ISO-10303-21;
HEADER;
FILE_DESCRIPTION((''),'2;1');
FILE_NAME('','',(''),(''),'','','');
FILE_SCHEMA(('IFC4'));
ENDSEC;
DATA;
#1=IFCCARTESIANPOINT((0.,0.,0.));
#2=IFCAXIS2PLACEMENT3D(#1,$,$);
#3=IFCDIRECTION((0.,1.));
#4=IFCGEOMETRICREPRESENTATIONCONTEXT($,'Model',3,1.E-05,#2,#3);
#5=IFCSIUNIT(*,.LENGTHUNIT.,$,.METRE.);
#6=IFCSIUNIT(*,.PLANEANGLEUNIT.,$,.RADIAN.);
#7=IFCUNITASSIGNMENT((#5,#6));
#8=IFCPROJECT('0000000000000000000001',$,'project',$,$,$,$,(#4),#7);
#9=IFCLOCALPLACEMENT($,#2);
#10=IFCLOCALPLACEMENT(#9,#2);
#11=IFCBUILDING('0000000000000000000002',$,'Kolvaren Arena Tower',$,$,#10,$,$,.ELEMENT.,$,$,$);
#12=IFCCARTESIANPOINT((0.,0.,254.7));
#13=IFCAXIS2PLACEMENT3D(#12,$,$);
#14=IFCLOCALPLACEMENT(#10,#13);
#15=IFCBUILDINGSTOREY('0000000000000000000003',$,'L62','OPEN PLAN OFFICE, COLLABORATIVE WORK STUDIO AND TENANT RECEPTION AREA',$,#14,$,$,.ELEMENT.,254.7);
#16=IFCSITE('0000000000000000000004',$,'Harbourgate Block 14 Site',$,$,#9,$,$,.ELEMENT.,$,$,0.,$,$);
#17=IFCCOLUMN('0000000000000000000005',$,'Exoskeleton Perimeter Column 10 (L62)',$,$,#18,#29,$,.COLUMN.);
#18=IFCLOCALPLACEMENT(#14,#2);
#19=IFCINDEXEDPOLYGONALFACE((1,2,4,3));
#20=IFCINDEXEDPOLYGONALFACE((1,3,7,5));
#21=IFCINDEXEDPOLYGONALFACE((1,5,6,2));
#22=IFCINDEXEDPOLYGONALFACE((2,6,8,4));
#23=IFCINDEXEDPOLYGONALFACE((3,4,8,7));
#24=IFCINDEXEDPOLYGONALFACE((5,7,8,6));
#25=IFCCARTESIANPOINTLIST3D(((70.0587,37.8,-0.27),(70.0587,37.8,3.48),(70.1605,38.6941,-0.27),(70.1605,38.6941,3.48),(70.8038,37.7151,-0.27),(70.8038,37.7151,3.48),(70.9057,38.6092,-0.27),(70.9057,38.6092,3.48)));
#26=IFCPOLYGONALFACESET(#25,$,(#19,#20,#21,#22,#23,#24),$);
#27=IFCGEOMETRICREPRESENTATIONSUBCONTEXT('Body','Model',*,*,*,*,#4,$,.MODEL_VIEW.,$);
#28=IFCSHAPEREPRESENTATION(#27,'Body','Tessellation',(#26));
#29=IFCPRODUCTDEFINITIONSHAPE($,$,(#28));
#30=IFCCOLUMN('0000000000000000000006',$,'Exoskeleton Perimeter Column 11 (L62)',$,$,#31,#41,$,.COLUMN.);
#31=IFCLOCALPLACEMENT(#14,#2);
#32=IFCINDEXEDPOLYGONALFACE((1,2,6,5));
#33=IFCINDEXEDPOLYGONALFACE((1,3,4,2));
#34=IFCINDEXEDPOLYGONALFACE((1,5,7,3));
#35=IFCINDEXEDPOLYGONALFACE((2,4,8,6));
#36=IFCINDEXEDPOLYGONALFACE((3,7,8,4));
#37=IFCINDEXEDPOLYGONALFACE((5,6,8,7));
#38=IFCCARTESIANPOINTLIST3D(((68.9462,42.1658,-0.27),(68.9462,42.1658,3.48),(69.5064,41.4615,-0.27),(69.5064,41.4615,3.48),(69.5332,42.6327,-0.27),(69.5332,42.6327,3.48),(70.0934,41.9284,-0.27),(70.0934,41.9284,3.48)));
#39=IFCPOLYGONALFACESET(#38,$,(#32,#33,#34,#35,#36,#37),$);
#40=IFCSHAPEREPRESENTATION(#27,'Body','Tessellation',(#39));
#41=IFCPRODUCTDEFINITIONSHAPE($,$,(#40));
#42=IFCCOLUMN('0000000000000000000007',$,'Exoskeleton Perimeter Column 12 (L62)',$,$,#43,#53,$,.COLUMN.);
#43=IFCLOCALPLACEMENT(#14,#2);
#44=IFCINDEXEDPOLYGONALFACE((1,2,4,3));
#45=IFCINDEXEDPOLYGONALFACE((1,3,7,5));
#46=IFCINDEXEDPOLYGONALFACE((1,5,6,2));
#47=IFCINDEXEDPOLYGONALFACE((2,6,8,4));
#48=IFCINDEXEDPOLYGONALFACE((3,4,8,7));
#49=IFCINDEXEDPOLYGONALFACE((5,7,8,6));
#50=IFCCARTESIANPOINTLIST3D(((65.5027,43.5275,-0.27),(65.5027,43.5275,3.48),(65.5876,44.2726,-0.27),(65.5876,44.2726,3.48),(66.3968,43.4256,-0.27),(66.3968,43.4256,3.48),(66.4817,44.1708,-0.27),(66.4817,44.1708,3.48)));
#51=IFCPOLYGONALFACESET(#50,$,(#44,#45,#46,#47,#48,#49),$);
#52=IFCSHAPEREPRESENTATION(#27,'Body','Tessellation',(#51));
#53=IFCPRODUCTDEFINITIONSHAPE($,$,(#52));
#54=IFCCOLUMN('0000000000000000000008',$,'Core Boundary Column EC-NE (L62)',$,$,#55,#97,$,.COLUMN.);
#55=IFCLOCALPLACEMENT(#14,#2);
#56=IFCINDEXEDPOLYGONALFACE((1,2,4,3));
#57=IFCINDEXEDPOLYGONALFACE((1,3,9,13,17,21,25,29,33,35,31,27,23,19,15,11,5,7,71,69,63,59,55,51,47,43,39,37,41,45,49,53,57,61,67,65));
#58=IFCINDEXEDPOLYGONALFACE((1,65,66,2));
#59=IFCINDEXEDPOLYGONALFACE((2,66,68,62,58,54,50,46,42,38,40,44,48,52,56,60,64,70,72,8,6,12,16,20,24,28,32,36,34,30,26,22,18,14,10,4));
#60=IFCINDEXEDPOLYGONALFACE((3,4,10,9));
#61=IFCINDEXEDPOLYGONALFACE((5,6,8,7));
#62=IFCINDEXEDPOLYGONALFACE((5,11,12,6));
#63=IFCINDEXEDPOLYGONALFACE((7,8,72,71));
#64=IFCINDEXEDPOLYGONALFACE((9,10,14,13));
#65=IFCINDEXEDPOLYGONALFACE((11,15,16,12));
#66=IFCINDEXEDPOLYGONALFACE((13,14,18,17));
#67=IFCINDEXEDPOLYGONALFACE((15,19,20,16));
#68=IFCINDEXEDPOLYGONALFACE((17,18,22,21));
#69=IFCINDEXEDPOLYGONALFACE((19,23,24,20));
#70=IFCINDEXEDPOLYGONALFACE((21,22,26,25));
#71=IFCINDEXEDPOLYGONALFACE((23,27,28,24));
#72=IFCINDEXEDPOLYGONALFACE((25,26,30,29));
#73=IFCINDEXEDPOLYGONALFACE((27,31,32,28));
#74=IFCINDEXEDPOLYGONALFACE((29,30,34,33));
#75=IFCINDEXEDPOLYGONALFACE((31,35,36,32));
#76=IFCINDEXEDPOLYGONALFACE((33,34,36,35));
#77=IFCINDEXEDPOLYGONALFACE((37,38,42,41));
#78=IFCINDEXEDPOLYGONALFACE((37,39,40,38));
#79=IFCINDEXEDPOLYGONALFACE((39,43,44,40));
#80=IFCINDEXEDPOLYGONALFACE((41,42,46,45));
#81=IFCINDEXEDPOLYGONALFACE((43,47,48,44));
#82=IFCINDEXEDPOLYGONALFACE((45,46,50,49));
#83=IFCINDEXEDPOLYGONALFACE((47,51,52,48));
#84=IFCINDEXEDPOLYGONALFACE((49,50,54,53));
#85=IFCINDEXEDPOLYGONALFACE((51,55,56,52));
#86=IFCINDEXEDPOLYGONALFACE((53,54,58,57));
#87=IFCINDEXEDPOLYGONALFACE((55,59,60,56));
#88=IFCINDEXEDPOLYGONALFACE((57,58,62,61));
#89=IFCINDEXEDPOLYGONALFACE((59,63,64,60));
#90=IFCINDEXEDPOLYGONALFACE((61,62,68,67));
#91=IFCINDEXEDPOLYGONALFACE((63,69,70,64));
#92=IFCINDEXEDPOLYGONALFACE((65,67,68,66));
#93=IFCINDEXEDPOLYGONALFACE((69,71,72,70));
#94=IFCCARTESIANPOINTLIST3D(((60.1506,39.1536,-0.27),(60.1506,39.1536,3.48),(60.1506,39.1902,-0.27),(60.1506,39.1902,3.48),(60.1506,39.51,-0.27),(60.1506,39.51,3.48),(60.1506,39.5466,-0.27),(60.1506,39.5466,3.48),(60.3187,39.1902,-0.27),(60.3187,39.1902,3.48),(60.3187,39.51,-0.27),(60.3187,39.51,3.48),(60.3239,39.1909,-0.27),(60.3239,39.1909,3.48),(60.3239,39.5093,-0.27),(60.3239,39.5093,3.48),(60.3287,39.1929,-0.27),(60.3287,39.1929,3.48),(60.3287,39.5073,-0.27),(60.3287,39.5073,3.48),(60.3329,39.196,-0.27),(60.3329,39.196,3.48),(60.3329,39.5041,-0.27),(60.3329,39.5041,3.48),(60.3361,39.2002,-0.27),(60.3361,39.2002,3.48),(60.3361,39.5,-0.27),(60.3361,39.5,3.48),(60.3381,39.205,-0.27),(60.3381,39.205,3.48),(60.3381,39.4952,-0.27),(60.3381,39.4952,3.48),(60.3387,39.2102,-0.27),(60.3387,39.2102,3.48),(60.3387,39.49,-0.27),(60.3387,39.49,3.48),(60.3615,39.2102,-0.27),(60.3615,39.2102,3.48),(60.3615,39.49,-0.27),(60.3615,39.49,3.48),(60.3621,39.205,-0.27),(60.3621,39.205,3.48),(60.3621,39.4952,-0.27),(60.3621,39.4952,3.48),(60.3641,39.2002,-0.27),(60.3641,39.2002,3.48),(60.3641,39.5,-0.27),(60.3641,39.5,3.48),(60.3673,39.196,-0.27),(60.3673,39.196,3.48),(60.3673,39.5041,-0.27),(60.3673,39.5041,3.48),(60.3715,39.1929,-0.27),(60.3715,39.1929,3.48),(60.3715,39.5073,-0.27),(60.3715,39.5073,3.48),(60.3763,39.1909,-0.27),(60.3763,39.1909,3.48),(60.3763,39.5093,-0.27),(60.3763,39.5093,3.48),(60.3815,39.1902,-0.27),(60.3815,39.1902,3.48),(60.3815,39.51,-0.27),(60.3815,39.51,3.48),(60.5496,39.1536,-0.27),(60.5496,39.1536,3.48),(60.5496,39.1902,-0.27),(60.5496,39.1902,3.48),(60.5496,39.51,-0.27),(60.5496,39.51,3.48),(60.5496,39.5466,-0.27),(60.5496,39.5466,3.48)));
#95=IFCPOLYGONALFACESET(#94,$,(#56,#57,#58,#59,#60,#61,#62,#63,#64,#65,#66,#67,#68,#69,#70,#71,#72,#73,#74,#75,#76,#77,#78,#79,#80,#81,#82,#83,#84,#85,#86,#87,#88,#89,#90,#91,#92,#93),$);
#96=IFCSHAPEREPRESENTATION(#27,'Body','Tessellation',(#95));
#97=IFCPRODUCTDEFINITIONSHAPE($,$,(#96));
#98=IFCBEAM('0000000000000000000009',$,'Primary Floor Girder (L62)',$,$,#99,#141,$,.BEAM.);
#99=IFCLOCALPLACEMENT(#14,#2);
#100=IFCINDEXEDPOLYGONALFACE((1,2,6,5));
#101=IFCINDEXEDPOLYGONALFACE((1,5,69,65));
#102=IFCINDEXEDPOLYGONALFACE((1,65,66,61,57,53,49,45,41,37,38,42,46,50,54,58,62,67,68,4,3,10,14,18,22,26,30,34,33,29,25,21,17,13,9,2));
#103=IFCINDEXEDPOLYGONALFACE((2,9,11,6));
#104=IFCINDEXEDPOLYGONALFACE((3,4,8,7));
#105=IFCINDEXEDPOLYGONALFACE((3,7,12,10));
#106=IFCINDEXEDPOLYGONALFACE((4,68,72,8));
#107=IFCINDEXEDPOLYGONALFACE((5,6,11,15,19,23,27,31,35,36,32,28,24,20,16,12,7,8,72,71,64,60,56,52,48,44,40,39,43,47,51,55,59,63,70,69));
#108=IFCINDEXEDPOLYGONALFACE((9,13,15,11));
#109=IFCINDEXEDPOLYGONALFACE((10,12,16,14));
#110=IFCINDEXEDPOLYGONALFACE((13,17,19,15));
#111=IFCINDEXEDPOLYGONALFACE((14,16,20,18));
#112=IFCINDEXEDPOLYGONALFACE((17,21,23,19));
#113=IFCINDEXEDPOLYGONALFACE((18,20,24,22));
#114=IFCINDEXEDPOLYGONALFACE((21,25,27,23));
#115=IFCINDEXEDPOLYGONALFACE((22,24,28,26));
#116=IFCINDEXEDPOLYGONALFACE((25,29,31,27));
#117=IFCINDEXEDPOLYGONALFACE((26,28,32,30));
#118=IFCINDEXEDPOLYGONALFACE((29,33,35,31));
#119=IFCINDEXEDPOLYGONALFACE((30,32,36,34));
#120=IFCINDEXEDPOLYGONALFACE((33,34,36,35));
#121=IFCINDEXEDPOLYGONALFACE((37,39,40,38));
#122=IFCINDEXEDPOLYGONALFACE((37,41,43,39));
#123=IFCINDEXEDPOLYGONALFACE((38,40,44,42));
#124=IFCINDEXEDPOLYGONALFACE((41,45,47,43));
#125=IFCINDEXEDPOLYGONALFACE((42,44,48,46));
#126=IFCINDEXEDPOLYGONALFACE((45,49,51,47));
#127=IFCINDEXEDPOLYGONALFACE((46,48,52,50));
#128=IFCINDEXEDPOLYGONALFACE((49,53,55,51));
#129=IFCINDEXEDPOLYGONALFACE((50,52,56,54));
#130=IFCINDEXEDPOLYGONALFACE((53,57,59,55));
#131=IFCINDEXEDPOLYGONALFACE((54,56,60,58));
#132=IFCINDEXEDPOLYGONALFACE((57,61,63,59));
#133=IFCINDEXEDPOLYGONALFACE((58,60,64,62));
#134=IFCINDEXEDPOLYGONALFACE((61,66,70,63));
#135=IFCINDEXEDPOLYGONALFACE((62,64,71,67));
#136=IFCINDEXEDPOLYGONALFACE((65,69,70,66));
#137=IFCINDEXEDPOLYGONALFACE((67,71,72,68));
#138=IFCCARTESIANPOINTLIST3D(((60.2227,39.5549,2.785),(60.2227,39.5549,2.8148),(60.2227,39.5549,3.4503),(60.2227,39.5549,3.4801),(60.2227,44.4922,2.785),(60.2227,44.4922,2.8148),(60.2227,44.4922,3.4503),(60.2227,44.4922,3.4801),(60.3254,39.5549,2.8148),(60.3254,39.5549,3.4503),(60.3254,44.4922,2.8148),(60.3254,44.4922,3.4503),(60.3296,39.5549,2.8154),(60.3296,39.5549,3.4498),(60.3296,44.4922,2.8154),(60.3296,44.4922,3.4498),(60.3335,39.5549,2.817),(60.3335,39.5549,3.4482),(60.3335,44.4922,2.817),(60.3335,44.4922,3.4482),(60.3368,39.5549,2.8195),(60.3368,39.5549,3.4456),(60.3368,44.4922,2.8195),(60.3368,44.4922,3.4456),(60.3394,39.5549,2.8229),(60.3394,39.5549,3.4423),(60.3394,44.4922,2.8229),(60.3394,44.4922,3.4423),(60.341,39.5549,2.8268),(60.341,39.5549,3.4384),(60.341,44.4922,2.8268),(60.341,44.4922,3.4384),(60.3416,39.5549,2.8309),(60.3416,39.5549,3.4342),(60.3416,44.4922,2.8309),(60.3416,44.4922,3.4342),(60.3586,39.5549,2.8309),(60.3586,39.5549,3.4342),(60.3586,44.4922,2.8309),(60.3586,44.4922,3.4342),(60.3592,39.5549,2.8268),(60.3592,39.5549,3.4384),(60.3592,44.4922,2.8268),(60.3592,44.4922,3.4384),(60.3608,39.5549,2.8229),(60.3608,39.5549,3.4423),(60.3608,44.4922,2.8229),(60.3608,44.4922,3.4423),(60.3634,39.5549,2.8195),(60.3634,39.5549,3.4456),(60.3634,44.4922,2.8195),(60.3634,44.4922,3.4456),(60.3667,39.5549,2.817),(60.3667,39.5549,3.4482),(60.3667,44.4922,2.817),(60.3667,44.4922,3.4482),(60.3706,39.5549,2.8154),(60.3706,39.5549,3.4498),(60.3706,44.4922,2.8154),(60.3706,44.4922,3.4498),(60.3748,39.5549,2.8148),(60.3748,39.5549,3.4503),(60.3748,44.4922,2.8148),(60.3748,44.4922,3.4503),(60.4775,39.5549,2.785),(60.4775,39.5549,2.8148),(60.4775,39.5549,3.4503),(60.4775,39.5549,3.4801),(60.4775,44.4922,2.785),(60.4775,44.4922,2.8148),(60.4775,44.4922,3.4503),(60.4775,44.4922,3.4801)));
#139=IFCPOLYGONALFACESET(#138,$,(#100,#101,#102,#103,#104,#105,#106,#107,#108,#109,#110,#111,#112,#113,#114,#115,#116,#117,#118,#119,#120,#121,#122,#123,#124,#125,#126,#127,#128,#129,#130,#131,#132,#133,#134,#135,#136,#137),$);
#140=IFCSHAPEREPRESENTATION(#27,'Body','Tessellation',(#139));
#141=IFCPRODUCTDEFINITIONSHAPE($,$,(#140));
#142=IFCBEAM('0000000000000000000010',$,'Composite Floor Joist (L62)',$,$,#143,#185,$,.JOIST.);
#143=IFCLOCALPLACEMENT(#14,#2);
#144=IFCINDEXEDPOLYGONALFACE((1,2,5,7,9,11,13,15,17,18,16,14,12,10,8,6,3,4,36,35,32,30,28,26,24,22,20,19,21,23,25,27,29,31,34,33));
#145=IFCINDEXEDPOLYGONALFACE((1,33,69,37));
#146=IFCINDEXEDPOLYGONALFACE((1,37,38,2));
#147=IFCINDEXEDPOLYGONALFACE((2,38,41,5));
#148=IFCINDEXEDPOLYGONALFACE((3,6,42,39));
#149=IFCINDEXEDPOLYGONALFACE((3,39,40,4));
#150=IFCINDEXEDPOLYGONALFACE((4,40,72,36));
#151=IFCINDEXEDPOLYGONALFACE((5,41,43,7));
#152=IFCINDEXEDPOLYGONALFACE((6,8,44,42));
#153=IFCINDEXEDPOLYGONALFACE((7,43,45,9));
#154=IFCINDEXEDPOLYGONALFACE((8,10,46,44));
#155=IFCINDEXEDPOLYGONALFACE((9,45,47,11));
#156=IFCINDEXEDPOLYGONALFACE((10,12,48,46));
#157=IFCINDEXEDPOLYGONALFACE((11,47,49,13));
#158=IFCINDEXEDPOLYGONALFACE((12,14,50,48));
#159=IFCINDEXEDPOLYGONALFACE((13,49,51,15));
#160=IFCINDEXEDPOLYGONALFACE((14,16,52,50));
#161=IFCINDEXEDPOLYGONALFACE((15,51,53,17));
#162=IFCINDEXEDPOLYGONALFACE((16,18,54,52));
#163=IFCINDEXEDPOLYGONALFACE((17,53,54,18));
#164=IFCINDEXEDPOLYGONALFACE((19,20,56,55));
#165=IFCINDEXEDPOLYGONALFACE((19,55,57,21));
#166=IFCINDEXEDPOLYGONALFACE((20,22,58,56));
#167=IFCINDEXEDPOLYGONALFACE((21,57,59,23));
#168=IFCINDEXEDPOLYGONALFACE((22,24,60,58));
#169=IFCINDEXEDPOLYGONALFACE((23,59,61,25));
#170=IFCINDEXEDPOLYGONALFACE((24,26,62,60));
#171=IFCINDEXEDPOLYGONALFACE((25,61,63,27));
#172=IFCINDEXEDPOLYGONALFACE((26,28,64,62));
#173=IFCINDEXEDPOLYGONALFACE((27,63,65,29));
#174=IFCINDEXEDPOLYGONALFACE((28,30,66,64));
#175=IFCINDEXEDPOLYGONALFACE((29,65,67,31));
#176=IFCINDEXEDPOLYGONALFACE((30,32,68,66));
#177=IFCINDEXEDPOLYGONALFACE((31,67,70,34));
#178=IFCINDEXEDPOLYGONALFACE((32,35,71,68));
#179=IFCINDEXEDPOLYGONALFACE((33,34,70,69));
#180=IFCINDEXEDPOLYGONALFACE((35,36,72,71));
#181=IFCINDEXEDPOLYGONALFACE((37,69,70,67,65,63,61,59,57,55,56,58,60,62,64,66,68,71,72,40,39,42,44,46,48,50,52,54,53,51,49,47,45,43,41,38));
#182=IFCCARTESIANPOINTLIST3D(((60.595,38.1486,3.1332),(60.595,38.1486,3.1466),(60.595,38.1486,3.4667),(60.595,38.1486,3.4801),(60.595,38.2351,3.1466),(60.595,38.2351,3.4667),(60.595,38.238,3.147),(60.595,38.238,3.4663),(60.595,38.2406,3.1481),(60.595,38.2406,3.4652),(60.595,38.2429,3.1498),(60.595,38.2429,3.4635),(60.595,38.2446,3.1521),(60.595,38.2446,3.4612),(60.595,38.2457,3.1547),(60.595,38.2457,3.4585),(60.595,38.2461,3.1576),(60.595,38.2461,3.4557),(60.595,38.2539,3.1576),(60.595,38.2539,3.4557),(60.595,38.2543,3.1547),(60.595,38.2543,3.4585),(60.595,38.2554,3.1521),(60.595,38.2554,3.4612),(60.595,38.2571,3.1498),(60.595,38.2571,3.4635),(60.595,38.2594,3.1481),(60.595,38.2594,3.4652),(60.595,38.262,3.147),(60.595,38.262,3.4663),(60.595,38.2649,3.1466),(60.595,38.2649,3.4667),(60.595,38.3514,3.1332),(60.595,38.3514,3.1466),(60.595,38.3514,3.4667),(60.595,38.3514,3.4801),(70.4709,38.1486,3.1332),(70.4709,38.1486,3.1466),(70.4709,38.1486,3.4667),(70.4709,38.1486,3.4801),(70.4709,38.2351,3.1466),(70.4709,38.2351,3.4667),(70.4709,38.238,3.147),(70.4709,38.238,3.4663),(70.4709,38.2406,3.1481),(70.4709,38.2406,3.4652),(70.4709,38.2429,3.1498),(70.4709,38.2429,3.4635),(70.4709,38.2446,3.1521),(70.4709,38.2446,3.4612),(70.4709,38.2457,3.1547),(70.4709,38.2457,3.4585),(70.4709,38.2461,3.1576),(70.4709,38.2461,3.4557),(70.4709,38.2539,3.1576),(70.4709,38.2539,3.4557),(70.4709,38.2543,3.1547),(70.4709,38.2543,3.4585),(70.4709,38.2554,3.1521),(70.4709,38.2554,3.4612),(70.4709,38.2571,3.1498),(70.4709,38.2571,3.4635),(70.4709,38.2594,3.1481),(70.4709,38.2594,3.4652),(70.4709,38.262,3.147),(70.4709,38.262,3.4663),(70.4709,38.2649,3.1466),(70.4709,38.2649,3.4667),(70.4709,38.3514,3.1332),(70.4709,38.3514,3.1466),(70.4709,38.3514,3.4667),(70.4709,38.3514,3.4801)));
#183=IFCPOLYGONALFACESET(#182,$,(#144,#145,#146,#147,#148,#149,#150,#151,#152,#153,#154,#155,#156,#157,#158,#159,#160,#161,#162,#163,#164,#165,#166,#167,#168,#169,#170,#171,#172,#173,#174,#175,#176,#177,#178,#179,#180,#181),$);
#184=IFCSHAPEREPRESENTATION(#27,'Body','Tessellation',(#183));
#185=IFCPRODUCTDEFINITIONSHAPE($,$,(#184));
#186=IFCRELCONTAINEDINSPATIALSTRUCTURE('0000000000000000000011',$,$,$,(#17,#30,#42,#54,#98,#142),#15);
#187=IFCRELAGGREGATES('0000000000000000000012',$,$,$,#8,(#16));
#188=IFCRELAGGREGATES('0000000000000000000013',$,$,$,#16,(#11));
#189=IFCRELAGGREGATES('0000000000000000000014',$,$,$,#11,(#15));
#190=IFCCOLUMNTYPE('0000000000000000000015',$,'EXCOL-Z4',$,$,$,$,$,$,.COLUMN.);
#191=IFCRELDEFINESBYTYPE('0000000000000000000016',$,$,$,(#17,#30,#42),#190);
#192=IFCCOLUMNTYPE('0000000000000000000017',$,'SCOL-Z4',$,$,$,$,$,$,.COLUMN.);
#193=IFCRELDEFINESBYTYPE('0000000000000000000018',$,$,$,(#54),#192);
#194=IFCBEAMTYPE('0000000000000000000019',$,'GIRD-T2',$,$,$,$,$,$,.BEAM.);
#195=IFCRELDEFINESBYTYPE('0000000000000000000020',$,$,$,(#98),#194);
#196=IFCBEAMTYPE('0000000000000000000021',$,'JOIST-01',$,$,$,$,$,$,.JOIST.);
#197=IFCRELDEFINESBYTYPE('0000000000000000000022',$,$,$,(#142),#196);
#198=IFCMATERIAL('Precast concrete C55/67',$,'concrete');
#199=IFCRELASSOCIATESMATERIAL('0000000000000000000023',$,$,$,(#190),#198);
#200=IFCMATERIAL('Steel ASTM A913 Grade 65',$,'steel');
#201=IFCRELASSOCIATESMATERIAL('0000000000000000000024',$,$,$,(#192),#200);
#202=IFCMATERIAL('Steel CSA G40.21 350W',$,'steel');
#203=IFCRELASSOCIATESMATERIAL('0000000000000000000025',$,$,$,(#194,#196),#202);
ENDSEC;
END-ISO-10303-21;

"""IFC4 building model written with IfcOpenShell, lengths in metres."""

from ifc_helpers import new_model, si_unit, direction, frame, origin, origin_2d, place, context, subcontext, project, spatial, rectangle, i_section, extrude, material, material_profile, profile_set, type_object, element, save


model = new_model("IFC4")

# Units and contexts
model_context = context("Model", 3, precision=1e-05, world=origin(), true_north=direction((0.0, 1.0)))
body_context = subcontext(model_context, "Body", "Model", "MODEL_VIEW")
ifc_project = project(units=[si_unit("LENGTHUNIT", "METRE"), si_unit("PLANEANGLEUNIT", "RADIAN")], contexts=[model_context])

# Site, building, storey
site_placement = place(None, origin())
site = spatial("IfcSite", under=ifc_project, at=site_placement, Name="Harbourgate Block 14 Site", CompositionType="ELEMENT", RefElevation=0.0)
building_placement = place(site_placement, origin())
building = spatial("IfcBuilding", under=site, at=building_placement, Name="Kolvaren Arena Tower", CompositionType="ELEMENT")
storey_placement = place(building_placement, frame((0.0, 0.0, 254.7)))
storey = spatial("IfcBuildingStorey", under=building, at=storey_placement, Name="L62", Description="OPEN PLAN OFFICE, COLLABORATIVE WORK STUDIO AND TENANT RECEPTION AREA", CompositionType="ELEMENT", Elevation=254.7)

# Columns
ifc_material_1 = material(Name="Precast concrete C55/67", Category="concrete")
ifc_material_profile_1 = material_profile(ifc_material_1, rectangle(XDim=0.8999, YDim=0.75, at=origin_2d()), Name="RC-900x750")
ifc_profile_set_1 = profile_set([ifc_material_profile_1], Name="Precast concrete C55/67")
column_type_1 = type_object("IfcColumnType", Name="EXCOL-Z4", PredefinedType="COLUMN", material=ifc_profile_set_1)
for number, where, z_axis, x_axis, name in (
    (1, (70.4822, 38.2046, -0.27), (0.0, 0.0, 1.0), (0.113203, 0.993572, 0.0), "Exoskeleton Perimeter Column 10 (L62)"),
    (2, (69.5198, 42.0471, -0.27), (0.0, 0.0, 1.0), (-0.622515, 0.782608, 0.0), "Exoskeleton Perimeter Column 11 (L62)"),
    (3, (65.9922, 43.8491, -0.27), (0.0, 0.0, 1.0), (0.993572, -0.113203, 0.0), "Exoskeleton Perimeter Column 12 (L62)"),
):
    element("IfcColumn", number, at=place(storey_placement, frame(where, z_axis=z_axis, x_axis=x_axis)), inside=storey, type_object=column_type_1, Name=name, PredefinedType="COLUMN", context=body_context, shape_type="SweptSolid", body=[
        extrude(rectangle(XDim=0.8999, YDim=0.75, at=origin_2d()), origin(), (0.0, 0.0, 1.0), 3.75),
    ])
ifc_material_2 = material(Name="Steel ASTM A913 Grade 65", Category="steel")
ifc_material_profile_2 = material_profile(ifc_material_2, i_section(OverallWidth=0.3989, OverallDepth=0.3931, WebThickness=0.0227, FlangeThickness=0.0366, FilletRadius=0.02, at=origin_2d()), Name="W360x287")
ifc_profile_set_2 = profile_set([ifc_material_profile_2], Name="Steel ASTM A913 Grade 65")
column_type_2 = type_object("IfcColumnType", Name="SCOL-Z4", PredefinedType="COLUMN", material=ifc_profile_set_2)
column_placement = place(storey_placement, frame((60.3501, 39.3501, -0.27), z_axis=(0.0, 0.0, 1.0), x_axis=(1.0, 0.0, 0.0)))
element("IfcColumn", 4, at=column_placement, inside=storey, type_object=column_type_2, Name="Core Boundary Column EC-NE (L62)", PredefinedType="COLUMN", context=body_context, shape_type="SweptSolid", body=[
    extrude(i_section(OverallWidth=0.3989, OverallDepth=0.3931, WebThickness=0.0227, FlangeThickness=0.0366, FilletRadius=0.02, at=origin_2d()), origin(), (0.0, 0.0, 1.0), 3.75),
])

# Beams
ifc_material_3 = material(Name="Steel CSA G40.21 350W", Category="steel")
ifc_material_profile_3 = material_profile(ifc_material_3, i_section(OverallWidth=0.2549, OverallDepth=0.6951, WebThickness=0.0171, FlangeThickness=0.0298, FilletRadius=0.0161, at=origin_2d()), Name="W690x217")
ifc_profile_set_3 = profile_set([ifc_material_profile_3], Name="Steel CSA G40.21 350W")
beam_type_1 = type_object("IfcBeamType", Name="GIRD-T2", PredefinedType="BEAM", material=ifc_profile_set_3)
beam_1_placement = place(storey_placement, frame((60.3501, 39.5549, 3.1326), z_axis=(0.0, 1.0, 0.0), x_axis=(-1.0, 0.0, 0.0)))
element("IfcBeam", 5, at=beam_1_placement, inside=storey, type_object=beam_type_1, Name="Primary Floor Girder (L62)", PredefinedType="BEAM", context=body_context, shape_type="SweptSolid", body=[
    extrude(i_section(OverallWidth=0.2549, OverallDepth=0.6951, WebThickness=0.0171, FlangeThickness=0.0298, FilletRadius=0.0161, at=origin_2d()), origin(), (0.0, 0.0, 1.0), 4.9373),
])
ifc_material_profile_4 = material_profile(ifc_material_3, i_section(OverallWidth=0.2029, OverallDepth=0.3469, WebThickness=0.0078, FlangeThickness=0.0134, FilletRadius=0.011, at=origin_2d()), Name="W360x64")
ifc_profile_set_4 = profile_set([ifc_material_profile_4], Name="Steel CSA G40.21 350W")
beam_type_2 = type_object("IfcBeamType", Name="JOIST-01", PredefinedType="JOIST", material=ifc_profile_set_4)
beam_2_placement = place(storey_placement, frame((60.595, 38.25, 3.3066), z_axis=(1.0, 0.0, 0.0), x_axis=(0.0, 1.0, 0.0)))
element("IfcBeam", 6, at=beam_2_placement, inside=storey, type_object=beam_type_2, Name="Composite Floor Joist (L62)", PredefinedType="JOIST", context=body_context, shape_type="SweptSolid", body=[
    extrude(i_section(OverallWidth=0.2029, OverallDepth=0.3469, WebThickness=0.0078, FlangeThickness=0.0134, FilletRadius=0.011, at=origin_2d()), origin(), (0.0, 0.0, 1.0), 9.876),
])

save(model, "model.ifc")
